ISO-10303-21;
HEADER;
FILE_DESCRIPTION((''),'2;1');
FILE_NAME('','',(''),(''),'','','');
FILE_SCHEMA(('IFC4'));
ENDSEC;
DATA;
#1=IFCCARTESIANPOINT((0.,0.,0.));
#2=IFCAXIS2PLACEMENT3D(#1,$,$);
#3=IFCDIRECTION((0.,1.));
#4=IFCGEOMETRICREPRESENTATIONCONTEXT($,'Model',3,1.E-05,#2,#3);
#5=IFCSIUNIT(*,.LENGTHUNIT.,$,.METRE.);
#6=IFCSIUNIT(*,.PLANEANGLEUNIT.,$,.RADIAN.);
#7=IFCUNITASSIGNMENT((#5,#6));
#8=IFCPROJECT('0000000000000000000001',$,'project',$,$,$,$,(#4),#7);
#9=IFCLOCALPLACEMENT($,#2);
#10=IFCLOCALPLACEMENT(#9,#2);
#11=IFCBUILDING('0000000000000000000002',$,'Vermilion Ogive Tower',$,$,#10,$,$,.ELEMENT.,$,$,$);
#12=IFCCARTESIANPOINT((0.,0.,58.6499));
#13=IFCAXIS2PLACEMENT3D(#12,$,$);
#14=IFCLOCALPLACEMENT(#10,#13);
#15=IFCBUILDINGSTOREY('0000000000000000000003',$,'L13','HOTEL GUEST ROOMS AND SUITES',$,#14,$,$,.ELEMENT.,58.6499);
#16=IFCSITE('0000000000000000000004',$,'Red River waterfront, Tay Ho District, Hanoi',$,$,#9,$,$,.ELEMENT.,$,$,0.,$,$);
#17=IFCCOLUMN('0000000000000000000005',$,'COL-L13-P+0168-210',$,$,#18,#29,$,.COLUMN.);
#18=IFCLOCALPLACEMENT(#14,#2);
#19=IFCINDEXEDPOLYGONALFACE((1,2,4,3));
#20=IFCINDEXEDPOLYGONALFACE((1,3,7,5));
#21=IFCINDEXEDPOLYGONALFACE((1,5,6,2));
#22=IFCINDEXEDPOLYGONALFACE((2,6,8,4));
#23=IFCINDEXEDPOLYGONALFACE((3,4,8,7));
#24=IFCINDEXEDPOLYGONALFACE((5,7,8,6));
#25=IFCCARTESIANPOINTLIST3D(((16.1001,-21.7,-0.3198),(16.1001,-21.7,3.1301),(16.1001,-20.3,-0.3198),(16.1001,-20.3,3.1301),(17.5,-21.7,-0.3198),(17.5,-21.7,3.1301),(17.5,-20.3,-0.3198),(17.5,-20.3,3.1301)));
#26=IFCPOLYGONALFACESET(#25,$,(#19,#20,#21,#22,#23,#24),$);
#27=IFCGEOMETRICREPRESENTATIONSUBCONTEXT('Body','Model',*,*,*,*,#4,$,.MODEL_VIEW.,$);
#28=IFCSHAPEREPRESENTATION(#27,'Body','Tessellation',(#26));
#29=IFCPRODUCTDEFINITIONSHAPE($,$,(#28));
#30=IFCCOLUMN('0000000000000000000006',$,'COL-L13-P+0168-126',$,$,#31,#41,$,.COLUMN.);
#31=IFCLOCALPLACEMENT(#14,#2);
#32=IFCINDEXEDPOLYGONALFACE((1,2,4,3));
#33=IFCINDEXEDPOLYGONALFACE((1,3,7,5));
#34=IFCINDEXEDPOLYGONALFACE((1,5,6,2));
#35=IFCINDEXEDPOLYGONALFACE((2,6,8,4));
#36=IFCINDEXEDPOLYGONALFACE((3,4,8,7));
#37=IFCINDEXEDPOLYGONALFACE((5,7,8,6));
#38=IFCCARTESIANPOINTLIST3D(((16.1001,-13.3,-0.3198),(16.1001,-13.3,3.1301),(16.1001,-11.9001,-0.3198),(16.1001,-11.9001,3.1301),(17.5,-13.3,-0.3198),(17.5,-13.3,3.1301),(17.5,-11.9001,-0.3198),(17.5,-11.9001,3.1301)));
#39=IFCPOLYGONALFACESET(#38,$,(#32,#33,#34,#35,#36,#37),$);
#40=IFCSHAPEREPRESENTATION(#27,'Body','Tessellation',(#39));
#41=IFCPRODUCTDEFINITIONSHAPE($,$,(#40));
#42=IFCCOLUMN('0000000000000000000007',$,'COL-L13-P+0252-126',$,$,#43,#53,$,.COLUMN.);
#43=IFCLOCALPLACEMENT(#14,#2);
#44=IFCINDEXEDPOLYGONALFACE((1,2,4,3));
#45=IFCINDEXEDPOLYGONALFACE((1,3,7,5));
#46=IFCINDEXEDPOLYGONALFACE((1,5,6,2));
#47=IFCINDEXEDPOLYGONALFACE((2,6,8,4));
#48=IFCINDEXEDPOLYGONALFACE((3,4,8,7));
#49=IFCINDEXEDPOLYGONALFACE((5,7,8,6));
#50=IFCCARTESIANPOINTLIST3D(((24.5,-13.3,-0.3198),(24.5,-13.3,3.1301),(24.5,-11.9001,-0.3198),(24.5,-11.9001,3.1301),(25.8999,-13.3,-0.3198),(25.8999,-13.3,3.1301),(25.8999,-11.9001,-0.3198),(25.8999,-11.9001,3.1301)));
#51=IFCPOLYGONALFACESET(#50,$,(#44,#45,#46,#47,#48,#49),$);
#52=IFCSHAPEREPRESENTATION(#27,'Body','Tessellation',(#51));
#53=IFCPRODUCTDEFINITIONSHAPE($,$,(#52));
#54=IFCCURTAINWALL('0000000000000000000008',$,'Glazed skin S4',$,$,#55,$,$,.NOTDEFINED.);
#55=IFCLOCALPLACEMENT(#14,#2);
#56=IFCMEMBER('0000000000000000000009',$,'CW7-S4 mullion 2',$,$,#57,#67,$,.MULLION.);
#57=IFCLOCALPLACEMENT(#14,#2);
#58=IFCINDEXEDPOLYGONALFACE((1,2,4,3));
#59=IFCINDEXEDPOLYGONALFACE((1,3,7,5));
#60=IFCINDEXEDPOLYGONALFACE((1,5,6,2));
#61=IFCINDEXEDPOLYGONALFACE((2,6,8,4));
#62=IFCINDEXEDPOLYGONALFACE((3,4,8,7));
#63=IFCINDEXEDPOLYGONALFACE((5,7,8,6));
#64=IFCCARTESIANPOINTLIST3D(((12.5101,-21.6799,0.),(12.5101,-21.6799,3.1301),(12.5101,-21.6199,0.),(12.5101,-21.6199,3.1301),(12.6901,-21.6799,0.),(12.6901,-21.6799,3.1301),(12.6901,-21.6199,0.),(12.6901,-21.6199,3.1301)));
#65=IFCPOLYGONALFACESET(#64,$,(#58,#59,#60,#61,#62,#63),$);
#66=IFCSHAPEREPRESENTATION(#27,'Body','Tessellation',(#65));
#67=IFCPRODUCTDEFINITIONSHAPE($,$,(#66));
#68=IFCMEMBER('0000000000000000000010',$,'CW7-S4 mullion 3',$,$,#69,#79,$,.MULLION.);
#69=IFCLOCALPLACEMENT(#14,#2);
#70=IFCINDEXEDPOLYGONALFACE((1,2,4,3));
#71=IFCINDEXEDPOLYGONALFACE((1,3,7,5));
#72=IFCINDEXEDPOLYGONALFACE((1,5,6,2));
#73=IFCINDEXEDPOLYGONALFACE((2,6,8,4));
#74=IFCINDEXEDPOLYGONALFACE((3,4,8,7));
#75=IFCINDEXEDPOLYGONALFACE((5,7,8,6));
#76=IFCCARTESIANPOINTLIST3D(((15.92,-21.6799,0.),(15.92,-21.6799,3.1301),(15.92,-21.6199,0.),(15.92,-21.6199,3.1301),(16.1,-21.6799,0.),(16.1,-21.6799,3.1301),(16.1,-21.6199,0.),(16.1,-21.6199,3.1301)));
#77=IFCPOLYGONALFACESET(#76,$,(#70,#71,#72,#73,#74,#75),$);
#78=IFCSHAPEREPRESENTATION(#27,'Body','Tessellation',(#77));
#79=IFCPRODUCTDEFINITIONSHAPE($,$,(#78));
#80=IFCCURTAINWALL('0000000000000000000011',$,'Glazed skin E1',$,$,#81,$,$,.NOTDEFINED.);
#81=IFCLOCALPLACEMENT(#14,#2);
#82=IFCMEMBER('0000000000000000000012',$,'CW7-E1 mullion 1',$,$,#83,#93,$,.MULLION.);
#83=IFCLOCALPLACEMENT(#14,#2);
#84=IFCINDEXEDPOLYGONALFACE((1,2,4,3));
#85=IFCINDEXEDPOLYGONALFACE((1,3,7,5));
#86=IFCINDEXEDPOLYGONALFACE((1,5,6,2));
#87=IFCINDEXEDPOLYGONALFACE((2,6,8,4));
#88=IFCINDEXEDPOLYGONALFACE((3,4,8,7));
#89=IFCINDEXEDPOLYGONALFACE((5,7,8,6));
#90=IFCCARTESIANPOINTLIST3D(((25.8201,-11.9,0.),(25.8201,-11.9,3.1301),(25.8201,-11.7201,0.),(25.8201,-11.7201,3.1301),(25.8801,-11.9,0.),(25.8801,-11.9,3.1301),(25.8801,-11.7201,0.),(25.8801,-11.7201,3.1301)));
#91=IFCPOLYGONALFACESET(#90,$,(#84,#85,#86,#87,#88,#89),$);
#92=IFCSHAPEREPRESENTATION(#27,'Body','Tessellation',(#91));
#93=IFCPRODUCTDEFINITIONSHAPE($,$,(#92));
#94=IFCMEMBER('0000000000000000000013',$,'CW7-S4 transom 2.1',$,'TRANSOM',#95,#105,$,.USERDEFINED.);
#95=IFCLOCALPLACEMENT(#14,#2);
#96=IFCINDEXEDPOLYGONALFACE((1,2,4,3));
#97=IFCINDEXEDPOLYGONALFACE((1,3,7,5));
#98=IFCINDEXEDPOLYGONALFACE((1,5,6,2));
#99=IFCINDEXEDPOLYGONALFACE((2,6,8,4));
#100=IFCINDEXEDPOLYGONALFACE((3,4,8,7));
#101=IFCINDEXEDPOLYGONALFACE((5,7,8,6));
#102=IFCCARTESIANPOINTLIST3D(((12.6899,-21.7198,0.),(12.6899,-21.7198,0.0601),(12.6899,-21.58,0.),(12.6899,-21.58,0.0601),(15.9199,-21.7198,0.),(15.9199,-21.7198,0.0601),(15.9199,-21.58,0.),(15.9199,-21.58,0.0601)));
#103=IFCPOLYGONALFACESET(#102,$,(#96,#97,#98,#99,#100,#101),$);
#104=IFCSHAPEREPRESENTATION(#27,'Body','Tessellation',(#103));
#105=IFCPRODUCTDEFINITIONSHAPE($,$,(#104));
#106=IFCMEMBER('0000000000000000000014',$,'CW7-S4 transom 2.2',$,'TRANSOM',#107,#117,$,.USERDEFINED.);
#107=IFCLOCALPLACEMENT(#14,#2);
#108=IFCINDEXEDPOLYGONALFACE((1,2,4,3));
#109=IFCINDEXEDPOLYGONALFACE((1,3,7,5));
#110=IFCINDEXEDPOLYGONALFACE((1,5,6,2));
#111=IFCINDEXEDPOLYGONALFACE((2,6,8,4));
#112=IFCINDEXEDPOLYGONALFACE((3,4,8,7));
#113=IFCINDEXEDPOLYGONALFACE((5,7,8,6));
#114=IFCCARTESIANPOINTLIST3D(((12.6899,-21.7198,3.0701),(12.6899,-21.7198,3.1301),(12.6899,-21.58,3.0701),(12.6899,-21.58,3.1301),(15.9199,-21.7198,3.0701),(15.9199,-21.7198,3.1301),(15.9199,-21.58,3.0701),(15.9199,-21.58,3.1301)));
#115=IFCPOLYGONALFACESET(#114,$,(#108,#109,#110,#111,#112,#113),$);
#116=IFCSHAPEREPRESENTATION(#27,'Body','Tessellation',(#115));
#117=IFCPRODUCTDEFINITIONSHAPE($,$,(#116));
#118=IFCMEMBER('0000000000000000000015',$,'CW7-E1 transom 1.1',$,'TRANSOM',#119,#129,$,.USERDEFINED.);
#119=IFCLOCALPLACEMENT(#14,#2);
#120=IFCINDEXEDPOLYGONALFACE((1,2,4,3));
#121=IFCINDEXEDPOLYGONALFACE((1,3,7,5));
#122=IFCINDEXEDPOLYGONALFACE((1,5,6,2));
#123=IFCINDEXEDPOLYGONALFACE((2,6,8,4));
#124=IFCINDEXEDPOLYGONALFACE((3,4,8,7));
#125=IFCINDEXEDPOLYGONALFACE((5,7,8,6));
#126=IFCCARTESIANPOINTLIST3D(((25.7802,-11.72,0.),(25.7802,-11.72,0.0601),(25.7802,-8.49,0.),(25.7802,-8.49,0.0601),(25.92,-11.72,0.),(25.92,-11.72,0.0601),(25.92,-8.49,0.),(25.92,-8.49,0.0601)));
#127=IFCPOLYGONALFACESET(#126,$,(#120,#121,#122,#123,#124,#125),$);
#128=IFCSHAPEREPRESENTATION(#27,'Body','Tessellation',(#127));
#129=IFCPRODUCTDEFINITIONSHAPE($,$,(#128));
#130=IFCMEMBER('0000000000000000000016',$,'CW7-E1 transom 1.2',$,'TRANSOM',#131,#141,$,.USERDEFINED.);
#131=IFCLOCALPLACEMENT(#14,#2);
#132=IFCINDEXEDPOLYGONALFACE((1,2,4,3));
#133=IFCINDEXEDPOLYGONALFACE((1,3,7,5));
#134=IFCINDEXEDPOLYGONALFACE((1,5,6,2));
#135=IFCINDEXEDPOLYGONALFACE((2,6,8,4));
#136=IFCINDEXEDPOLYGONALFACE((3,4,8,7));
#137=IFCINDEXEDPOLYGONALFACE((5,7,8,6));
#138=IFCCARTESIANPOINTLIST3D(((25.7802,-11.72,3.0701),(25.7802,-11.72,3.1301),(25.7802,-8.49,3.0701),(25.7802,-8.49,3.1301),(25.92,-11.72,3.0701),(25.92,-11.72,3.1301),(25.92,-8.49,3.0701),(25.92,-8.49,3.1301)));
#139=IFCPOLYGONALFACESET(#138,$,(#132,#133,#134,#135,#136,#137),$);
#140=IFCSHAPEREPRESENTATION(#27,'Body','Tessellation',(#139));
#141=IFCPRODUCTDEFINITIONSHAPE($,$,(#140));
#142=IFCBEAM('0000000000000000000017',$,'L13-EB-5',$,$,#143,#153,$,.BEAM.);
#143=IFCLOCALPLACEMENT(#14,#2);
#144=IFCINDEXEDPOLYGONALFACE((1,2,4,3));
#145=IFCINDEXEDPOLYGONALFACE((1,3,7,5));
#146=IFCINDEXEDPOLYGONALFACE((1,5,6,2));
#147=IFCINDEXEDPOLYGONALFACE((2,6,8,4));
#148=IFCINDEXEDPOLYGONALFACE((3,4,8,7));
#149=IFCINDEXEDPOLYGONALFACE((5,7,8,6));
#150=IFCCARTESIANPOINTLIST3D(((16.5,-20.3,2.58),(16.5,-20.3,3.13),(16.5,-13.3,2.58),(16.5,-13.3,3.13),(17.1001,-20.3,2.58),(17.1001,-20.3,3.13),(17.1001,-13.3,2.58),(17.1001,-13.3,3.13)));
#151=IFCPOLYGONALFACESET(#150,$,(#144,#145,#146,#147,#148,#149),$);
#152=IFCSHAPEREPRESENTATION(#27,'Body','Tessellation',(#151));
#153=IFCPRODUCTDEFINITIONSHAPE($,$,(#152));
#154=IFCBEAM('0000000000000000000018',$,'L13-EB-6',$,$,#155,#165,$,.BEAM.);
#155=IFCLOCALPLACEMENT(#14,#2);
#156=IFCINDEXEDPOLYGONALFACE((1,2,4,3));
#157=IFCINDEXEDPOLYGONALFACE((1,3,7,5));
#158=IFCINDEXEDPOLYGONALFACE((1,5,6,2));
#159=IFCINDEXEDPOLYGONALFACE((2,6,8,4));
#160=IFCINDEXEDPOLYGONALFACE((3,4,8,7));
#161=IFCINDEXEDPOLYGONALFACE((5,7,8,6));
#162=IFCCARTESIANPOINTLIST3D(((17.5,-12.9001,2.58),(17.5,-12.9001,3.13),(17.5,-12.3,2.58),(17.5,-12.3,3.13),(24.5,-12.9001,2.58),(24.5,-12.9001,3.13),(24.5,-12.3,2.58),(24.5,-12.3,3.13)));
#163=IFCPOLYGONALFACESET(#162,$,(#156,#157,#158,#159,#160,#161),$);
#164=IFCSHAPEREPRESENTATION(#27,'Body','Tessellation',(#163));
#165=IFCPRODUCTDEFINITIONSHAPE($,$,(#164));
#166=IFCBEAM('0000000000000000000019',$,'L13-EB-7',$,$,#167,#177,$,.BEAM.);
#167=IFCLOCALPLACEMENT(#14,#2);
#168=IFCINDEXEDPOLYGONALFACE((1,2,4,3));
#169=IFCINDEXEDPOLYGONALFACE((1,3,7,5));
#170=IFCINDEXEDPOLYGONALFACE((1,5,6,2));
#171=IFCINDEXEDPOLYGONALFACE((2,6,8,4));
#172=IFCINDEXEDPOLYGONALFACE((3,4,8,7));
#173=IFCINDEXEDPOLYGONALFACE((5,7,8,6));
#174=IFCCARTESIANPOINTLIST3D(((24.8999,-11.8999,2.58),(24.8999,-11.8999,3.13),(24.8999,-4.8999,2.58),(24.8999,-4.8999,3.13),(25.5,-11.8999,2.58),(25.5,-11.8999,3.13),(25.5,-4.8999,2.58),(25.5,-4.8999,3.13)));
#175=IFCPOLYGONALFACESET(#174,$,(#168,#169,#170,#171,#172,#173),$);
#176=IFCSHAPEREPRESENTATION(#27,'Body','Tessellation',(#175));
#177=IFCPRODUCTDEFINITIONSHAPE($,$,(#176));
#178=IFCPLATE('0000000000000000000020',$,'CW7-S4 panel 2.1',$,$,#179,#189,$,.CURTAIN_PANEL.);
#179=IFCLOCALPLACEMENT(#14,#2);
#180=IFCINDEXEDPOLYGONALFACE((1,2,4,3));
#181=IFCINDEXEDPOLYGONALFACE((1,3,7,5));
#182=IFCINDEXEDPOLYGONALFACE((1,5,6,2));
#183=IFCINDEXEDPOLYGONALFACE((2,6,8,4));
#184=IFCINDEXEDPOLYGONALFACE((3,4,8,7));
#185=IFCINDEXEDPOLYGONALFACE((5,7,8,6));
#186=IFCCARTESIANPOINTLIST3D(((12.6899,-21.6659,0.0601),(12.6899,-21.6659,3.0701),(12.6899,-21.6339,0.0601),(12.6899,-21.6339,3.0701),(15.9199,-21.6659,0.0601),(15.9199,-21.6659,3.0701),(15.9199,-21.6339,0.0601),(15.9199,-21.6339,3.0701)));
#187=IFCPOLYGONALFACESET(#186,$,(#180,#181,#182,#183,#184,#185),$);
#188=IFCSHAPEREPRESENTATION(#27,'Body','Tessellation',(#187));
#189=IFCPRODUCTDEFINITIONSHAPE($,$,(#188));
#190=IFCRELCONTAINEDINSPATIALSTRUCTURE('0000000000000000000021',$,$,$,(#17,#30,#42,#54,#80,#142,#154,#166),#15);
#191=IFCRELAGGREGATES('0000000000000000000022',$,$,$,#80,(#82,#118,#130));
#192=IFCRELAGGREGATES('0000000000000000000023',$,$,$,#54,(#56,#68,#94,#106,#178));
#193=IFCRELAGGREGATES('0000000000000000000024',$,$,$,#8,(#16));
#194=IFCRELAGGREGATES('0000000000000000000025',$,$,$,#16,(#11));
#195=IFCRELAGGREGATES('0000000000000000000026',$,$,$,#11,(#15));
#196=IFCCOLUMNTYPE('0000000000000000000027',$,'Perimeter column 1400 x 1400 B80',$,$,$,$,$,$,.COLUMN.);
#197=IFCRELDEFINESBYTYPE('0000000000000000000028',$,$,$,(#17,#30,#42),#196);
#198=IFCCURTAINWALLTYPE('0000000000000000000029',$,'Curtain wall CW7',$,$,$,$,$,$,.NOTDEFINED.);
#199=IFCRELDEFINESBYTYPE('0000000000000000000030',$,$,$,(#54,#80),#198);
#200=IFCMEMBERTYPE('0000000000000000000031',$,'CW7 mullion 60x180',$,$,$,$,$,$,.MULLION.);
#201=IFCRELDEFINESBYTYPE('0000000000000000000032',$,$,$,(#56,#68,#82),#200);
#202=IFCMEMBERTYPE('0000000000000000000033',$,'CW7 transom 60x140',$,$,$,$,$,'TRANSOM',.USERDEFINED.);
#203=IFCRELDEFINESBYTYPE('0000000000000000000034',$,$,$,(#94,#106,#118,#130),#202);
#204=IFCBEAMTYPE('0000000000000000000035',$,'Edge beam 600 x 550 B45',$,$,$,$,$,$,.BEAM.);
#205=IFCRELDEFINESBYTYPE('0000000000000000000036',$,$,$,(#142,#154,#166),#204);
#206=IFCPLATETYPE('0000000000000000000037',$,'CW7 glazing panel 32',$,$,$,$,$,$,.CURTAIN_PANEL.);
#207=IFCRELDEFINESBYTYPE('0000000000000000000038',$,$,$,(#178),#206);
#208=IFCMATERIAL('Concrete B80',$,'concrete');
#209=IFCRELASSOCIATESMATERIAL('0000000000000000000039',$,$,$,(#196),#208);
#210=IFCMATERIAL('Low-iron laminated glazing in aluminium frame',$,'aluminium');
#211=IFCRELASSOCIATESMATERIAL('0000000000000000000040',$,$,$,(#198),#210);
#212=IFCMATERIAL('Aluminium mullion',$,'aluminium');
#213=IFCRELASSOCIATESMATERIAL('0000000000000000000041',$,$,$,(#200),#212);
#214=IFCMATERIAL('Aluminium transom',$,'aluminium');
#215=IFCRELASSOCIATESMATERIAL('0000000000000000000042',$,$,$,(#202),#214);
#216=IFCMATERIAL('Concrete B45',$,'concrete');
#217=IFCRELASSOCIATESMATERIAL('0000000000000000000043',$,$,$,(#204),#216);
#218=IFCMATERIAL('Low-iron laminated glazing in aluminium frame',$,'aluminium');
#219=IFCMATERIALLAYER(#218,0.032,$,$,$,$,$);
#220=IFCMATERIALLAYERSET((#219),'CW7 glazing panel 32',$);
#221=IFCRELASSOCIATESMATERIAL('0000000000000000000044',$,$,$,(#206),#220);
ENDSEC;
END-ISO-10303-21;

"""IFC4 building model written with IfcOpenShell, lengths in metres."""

from ifc_helpers import new_model, si_unit, direction, frame, origin, origin_2d, place, context, subcontext, project, spatial, rectangle, extrude, material, layer, layer_set, material_profile, profile_set, type_object, element, aggregate, save


model = new_model("IFC4")

# Units and contexts
model_context = context("Model", 3, precision=1e-05, world=origin(), true_north=direction((0.0, 1.0)))
body_context = subcontext(model_context, "Body", "Model", "MODEL_VIEW")
ifc_project = project(units=[si_unit("LENGTHUNIT", "METRE"), si_unit("PLANEANGLEUNIT", "RADIAN")], contexts=[model_context])

# Site, building, storey
site_placement = place(None, origin())
site = spatial("IfcSite", under=ifc_project, at=site_placement, Name="Red River waterfront, Tay Ho District, Hanoi", CompositionType="ELEMENT", RefElevation=0.0)
building_placement = place(site_placement, origin())
building = spatial("IfcBuilding", under=site, at=building_placement, Name="Vermilion Ogive Tower", CompositionType="ELEMENT")
storey_placement = place(building_placement, frame((0.0, 0.0, 58.6499)))
storey = spatial("IfcBuildingStorey", under=building, at=storey_placement, Name="L13", Description="HOTEL GUEST ROOMS AND SUITES", CompositionType="ELEMENT", Elevation=58.6499)

# Columns
ifc_material_1 = material(Name="Concrete B80", Category="concrete")
ifc_material_profile_1 = material_profile(ifc_material_1, rectangle(XDim=1.3999, YDim=1.3999, at=origin_2d()), Name="1400 x 1400")
ifc_profile_set_1 = profile_set([ifc_material_profile_1], Name="Concrete B80")
column_type = type_object("IfcColumnType", Name="Perimeter column 1400 x 1400 B80", PredefinedType="COLUMN", material=ifc_profile_set_1)
for number, where, z_axis, x_axis, name in (
    (1, (16.8, -21.0, -0.3198), (0.0, 0.0, 1.0), (1.0, 0.0, 0.0), "COL-L13-P+0168-210"),
    (2, (16.8, -12.6001, -0.3198), (0.0, 0.0, 1.0), (1.0, 0.0, 0.0), "COL-L13-P+0168-126"),
    (3, (25.2, -12.6001, -0.3198), (0.0, 0.0, 1.0), (1.0, 0.0, 0.0), "COL-L13-P+0252-126"),
):
    element("IfcColumn", number, at=place(storey_placement, frame(where, z_axis=z_axis, x_axis=x_axis)), inside=storey, type_object=column_type, Name=name, PredefinedType="COLUMN", context=body_context, shape_type="SweptSolid", body=[
        extrude(rectangle(XDim=1.3999, YDim=1.3999, at=origin_2d()), origin(), (0.0, 0.0, 1.0), 3.45),
    ])

# Curtain wall, members
ifc_material_2 = material(Name="Low-iron laminated glazing in aluminium frame", Category="aluminium")
curtain_wall_type = type_object("IfcCurtainWallType", Name="Curtain wall CW7", PredefinedType="NOTDEFINED", material=ifc_material_2)
curtain_wall_1_placement = place(storey_placement, origin())
curtain_wall_1 = element("IfcCurtainWall", 4, at=curtain_wall_1_placement, inside=storey, type_object=curtain_wall_type, Name="Glazed skin S4", PredefinedType="NOTDEFINED")
ifc_material_3 = material(Name="Aluminium mullion", Category="aluminium")
ifc_material_profile_2 = material_profile(ifc_material_3, rectangle(XDim=0.0601, YDim=0.1799, at=origin_2d()), Name="AL 60x180")
ifc_profile_set_2 = profile_set([ifc_material_profile_2], Name="Aluminium mullion")
member_type_1 = type_object("IfcMemberType", Name="CW7 mullion 60x180", PredefinedType="MULLION", material=ifc_profile_set_2)
member_1_placement = place(storey_placement, frame((12.6001, -21.6499, 0.0), z_axis=(0.0, 0.0, 1.0), x_axis=(0.0, 1.0, 0.0)))
member_1 = element("IfcMember", 5, at=member_1_placement, type_object=member_type_1, Name="CW7-S4 mullion 2", PredefinedType="MULLION", context=body_context, shape_type="SweptSolid", body=[
    extrude(rectangle(XDim=0.0601, YDim=0.1799, at=origin_2d()), origin(), (0.0, 0.0, 1.0), 3.1301),
])
member_2_placement = place(storey_placement, frame((16.01, -21.6499, 0.0), z_axis=(0.0, 0.0, 1.0), x_axis=(0.0, 1.0, 0.0)))
member_2 = element("IfcMember", 6, at=member_2_placement, type_object=member_type_1, Name="CW7-S4 mullion 3", PredefinedType="MULLION", context=body_context, shape_type="SweptSolid", body=[
    extrude(rectangle(XDim=0.0601, YDim=0.1799, at=origin_2d()), origin(), (0.0, 0.0, 1.0), 3.1301),
])

# Curtain wall, member
curtain_wall_2_placement = place(storey_placement, origin())
curtain_wall_2 = element("IfcCurtainWall", 7, at=curtain_wall_2_placement, inside=storey, type_object=curtain_wall_type, Name="Glazed skin E1", PredefinedType="NOTDEFINED")
member_3_placement = place(storey_placement, frame((25.8501, -11.8101, 0.0), z_axis=(0.0, 0.0, 1.0), x_axis=(-1.0, 0.0, 0.0)))
member_3 = element("IfcMember", 8, at=member_3_placement, type_object=member_type_1, Name="CW7-E1 mullion 1", PredefinedType="MULLION", context=body_context, shape_type="SweptSolid", body=[
    extrude(rectangle(XDim=0.0601, YDim=0.1799, at=origin_2d()), origin(), (0.0, 0.0, 1.0), 3.1301),
])

# Members
ifc_material_4 = material(Name="Aluminium transom", Category="aluminium")
ifc_material_profile_3 = material_profile(ifc_material_4, rectangle(XDim=0.1399, YDim=0.0601, at=origin_2d()), Name="AL 60x140")
ifc_profile_set_3 = profile_set([ifc_material_profile_3], Name="Aluminium transom")
member_type_2 = type_object("IfcMemberType", Name="CW7 transom 60x140", ElementType="TRANSOM", PredefinedType="USERDEFINED", material=ifc_profile_set_3)
member_4_placement = place(storey_placement, frame((12.6899, -21.6499, 0.03), z_axis=(1.0, 0.0, 0.0), x_axis=(0.0, 1.0, 0.0)))
member_4 = element("IfcMember", 9, at=member_4_placement, type_object=member_type_2, Name="CW7-S4 transom 2.1", ObjectType="TRANSOM", PredefinedType="USERDEFINED", context=body_context, shape_type="SweptSolid", body=[
    extrude(rectangle(XDim=0.1399, YDim=0.0601, at=origin_2d()), origin(), (0.0, 0.0, 1.0), 3.23),
])
member_5_placement = place(storey_placement, frame((12.6899, -21.6499, 3.1001), z_axis=(1.0, 0.0, 0.0), x_axis=(0.0, 1.0, 0.0)))
member_5 = element("IfcMember", 10, at=member_5_placement, type_object=member_type_2, Name="CW7-S4 transom 2.2", ObjectType="TRANSOM", PredefinedType="USERDEFINED", context=body_context, shape_type="SweptSolid", body=[
    extrude(rectangle(XDim=0.1399, YDim=0.0601, at=origin_2d()), origin(), (0.0, 0.0, 1.0), 3.23),
])
member_6_placement = place(storey_placement, frame((25.8501, -11.72, 0.03), z_axis=(0.0, 1.0, 0.0), x_axis=(-1.0, 0.0, 0.0)))
member_6 = element("IfcMember", 11, at=member_6_placement, type_object=member_type_2, Name="CW7-E1 transom 1.1", ObjectType="TRANSOM", PredefinedType="USERDEFINED", context=body_context, shape_type="SweptSolid", body=[
    extrude(rectangle(XDim=0.1399, YDim=0.0601, at=origin_2d()), origin(), (0.0, 0.0, 1.0), 3.23),
])
member_7_placement = place(storey_placement, frame((25.8501, -11.72, 3.1001), z_axis=(0.0, 1.0, 0.0), x_axis=(-1.0, 0.0, 0.0)))
member_7 = element("IfcMember", 12, at=member_7_placement, type_object=member_type_2, Name="CW7-E1 transom 1.2", ObjectType="TRANSOM", PredefinedType="USERDEFINED", context=body_context, shape_type="SweptSolid", body=[
    extrude(rectangle(XDim=0.1399, YDim=0.0601, at=origin_2d()), origin(), (0.0, 0.0, 1.0), 3.23),
])
aggregate(curtain_wall_2, [member_3, member_6, member_7])

# Beams
ifc_material_5 = material(Name="Concrete B45", Category="concrete")
ifc_material_profile_4 = material_profile(ifc_material_5, rectangle(XDim=0.6001, YDim=0.55, at=origin_2d()), Name="600 x 550")
ifc_profile_set_4 = profile_set([ifc_material_profile_4], Name="Concrete B45")
beam_type = type_object("IfcBeamType", Name="Edge beam 600 x 550 B45", PredefinedType="BEAM", material=ifc_profile_set_4)
for number, where, z_axis, x_axis, name in (
    (13, (16.8, -20.3, 2.855), (0.0, 1.0, 0.0), (-1.0, 0.0, 0.0), "L13-EB-5"),
    (14, (17.5, -12.6001, 2.855), (1.0, 0.0, 0.0), (0.0, 1.0, 0.0), "L13-EB-6"),
    (15, (25.2, -11.8999, 2.855), (0.0, 1.0, 0.0), (-1.0, 0.0, 0.0), "L13-EB-7"),
):
    element("IfcBeam", number, at=place(storey_placement, frame(where, z_axis=z_axis, x_axis=x_axis)), inside=storey, type_object=beam_type, Name=name, PredefinedType="BEAM", context=body_context, shape_type="SweptSolid", body=[
        extrude(rectangle(XDim=0.6001, YDim=0.55, at=origin_2d()), origin(), (0.0, 0.0, 1.0), 7.0),
    ])

# Plate
ifc_material_6 = material(Name="Low-iron laminated glazing in aluminium frame", Category="aluminium")
ifc_layer_1 = layer(ifc_material_6, 0.032)
ifc_layer_set_1 = layer_set([ifc_layer_1], Name="CW7 glazing panel 32")
plate_type = type_object("IfcPlateType", Name="CW7 glazing panel 32", PredefinedType="CURTAIN_PANEL", material=ifc_layer_set_1)
plate_placement = place(storey_placement, frame((14.3049, -21.6499, 0.0601), z_axis=(0.0, 0.0, 1.0), x_axis=(1.0, 0.0, 0.0)))
plate = element("IfcPlate", 16, at=plate_placement, type_object=plate_type, Name="CW7-S4 panel 2.1", PredefinedType="CURTAIN_PANEL", context=body_context, shape_type="SweptSolid", body=[
    extrude(rectangle(XDim=3.23, YDim=0.032, at=origin_2d()), origin(), (0.0, 0.0, 1.0), 3.01),
])
aggregate(curtain_wall_1, [member_1, member_2, member_4, member_5, plate])

save(model, "model.ifc")
